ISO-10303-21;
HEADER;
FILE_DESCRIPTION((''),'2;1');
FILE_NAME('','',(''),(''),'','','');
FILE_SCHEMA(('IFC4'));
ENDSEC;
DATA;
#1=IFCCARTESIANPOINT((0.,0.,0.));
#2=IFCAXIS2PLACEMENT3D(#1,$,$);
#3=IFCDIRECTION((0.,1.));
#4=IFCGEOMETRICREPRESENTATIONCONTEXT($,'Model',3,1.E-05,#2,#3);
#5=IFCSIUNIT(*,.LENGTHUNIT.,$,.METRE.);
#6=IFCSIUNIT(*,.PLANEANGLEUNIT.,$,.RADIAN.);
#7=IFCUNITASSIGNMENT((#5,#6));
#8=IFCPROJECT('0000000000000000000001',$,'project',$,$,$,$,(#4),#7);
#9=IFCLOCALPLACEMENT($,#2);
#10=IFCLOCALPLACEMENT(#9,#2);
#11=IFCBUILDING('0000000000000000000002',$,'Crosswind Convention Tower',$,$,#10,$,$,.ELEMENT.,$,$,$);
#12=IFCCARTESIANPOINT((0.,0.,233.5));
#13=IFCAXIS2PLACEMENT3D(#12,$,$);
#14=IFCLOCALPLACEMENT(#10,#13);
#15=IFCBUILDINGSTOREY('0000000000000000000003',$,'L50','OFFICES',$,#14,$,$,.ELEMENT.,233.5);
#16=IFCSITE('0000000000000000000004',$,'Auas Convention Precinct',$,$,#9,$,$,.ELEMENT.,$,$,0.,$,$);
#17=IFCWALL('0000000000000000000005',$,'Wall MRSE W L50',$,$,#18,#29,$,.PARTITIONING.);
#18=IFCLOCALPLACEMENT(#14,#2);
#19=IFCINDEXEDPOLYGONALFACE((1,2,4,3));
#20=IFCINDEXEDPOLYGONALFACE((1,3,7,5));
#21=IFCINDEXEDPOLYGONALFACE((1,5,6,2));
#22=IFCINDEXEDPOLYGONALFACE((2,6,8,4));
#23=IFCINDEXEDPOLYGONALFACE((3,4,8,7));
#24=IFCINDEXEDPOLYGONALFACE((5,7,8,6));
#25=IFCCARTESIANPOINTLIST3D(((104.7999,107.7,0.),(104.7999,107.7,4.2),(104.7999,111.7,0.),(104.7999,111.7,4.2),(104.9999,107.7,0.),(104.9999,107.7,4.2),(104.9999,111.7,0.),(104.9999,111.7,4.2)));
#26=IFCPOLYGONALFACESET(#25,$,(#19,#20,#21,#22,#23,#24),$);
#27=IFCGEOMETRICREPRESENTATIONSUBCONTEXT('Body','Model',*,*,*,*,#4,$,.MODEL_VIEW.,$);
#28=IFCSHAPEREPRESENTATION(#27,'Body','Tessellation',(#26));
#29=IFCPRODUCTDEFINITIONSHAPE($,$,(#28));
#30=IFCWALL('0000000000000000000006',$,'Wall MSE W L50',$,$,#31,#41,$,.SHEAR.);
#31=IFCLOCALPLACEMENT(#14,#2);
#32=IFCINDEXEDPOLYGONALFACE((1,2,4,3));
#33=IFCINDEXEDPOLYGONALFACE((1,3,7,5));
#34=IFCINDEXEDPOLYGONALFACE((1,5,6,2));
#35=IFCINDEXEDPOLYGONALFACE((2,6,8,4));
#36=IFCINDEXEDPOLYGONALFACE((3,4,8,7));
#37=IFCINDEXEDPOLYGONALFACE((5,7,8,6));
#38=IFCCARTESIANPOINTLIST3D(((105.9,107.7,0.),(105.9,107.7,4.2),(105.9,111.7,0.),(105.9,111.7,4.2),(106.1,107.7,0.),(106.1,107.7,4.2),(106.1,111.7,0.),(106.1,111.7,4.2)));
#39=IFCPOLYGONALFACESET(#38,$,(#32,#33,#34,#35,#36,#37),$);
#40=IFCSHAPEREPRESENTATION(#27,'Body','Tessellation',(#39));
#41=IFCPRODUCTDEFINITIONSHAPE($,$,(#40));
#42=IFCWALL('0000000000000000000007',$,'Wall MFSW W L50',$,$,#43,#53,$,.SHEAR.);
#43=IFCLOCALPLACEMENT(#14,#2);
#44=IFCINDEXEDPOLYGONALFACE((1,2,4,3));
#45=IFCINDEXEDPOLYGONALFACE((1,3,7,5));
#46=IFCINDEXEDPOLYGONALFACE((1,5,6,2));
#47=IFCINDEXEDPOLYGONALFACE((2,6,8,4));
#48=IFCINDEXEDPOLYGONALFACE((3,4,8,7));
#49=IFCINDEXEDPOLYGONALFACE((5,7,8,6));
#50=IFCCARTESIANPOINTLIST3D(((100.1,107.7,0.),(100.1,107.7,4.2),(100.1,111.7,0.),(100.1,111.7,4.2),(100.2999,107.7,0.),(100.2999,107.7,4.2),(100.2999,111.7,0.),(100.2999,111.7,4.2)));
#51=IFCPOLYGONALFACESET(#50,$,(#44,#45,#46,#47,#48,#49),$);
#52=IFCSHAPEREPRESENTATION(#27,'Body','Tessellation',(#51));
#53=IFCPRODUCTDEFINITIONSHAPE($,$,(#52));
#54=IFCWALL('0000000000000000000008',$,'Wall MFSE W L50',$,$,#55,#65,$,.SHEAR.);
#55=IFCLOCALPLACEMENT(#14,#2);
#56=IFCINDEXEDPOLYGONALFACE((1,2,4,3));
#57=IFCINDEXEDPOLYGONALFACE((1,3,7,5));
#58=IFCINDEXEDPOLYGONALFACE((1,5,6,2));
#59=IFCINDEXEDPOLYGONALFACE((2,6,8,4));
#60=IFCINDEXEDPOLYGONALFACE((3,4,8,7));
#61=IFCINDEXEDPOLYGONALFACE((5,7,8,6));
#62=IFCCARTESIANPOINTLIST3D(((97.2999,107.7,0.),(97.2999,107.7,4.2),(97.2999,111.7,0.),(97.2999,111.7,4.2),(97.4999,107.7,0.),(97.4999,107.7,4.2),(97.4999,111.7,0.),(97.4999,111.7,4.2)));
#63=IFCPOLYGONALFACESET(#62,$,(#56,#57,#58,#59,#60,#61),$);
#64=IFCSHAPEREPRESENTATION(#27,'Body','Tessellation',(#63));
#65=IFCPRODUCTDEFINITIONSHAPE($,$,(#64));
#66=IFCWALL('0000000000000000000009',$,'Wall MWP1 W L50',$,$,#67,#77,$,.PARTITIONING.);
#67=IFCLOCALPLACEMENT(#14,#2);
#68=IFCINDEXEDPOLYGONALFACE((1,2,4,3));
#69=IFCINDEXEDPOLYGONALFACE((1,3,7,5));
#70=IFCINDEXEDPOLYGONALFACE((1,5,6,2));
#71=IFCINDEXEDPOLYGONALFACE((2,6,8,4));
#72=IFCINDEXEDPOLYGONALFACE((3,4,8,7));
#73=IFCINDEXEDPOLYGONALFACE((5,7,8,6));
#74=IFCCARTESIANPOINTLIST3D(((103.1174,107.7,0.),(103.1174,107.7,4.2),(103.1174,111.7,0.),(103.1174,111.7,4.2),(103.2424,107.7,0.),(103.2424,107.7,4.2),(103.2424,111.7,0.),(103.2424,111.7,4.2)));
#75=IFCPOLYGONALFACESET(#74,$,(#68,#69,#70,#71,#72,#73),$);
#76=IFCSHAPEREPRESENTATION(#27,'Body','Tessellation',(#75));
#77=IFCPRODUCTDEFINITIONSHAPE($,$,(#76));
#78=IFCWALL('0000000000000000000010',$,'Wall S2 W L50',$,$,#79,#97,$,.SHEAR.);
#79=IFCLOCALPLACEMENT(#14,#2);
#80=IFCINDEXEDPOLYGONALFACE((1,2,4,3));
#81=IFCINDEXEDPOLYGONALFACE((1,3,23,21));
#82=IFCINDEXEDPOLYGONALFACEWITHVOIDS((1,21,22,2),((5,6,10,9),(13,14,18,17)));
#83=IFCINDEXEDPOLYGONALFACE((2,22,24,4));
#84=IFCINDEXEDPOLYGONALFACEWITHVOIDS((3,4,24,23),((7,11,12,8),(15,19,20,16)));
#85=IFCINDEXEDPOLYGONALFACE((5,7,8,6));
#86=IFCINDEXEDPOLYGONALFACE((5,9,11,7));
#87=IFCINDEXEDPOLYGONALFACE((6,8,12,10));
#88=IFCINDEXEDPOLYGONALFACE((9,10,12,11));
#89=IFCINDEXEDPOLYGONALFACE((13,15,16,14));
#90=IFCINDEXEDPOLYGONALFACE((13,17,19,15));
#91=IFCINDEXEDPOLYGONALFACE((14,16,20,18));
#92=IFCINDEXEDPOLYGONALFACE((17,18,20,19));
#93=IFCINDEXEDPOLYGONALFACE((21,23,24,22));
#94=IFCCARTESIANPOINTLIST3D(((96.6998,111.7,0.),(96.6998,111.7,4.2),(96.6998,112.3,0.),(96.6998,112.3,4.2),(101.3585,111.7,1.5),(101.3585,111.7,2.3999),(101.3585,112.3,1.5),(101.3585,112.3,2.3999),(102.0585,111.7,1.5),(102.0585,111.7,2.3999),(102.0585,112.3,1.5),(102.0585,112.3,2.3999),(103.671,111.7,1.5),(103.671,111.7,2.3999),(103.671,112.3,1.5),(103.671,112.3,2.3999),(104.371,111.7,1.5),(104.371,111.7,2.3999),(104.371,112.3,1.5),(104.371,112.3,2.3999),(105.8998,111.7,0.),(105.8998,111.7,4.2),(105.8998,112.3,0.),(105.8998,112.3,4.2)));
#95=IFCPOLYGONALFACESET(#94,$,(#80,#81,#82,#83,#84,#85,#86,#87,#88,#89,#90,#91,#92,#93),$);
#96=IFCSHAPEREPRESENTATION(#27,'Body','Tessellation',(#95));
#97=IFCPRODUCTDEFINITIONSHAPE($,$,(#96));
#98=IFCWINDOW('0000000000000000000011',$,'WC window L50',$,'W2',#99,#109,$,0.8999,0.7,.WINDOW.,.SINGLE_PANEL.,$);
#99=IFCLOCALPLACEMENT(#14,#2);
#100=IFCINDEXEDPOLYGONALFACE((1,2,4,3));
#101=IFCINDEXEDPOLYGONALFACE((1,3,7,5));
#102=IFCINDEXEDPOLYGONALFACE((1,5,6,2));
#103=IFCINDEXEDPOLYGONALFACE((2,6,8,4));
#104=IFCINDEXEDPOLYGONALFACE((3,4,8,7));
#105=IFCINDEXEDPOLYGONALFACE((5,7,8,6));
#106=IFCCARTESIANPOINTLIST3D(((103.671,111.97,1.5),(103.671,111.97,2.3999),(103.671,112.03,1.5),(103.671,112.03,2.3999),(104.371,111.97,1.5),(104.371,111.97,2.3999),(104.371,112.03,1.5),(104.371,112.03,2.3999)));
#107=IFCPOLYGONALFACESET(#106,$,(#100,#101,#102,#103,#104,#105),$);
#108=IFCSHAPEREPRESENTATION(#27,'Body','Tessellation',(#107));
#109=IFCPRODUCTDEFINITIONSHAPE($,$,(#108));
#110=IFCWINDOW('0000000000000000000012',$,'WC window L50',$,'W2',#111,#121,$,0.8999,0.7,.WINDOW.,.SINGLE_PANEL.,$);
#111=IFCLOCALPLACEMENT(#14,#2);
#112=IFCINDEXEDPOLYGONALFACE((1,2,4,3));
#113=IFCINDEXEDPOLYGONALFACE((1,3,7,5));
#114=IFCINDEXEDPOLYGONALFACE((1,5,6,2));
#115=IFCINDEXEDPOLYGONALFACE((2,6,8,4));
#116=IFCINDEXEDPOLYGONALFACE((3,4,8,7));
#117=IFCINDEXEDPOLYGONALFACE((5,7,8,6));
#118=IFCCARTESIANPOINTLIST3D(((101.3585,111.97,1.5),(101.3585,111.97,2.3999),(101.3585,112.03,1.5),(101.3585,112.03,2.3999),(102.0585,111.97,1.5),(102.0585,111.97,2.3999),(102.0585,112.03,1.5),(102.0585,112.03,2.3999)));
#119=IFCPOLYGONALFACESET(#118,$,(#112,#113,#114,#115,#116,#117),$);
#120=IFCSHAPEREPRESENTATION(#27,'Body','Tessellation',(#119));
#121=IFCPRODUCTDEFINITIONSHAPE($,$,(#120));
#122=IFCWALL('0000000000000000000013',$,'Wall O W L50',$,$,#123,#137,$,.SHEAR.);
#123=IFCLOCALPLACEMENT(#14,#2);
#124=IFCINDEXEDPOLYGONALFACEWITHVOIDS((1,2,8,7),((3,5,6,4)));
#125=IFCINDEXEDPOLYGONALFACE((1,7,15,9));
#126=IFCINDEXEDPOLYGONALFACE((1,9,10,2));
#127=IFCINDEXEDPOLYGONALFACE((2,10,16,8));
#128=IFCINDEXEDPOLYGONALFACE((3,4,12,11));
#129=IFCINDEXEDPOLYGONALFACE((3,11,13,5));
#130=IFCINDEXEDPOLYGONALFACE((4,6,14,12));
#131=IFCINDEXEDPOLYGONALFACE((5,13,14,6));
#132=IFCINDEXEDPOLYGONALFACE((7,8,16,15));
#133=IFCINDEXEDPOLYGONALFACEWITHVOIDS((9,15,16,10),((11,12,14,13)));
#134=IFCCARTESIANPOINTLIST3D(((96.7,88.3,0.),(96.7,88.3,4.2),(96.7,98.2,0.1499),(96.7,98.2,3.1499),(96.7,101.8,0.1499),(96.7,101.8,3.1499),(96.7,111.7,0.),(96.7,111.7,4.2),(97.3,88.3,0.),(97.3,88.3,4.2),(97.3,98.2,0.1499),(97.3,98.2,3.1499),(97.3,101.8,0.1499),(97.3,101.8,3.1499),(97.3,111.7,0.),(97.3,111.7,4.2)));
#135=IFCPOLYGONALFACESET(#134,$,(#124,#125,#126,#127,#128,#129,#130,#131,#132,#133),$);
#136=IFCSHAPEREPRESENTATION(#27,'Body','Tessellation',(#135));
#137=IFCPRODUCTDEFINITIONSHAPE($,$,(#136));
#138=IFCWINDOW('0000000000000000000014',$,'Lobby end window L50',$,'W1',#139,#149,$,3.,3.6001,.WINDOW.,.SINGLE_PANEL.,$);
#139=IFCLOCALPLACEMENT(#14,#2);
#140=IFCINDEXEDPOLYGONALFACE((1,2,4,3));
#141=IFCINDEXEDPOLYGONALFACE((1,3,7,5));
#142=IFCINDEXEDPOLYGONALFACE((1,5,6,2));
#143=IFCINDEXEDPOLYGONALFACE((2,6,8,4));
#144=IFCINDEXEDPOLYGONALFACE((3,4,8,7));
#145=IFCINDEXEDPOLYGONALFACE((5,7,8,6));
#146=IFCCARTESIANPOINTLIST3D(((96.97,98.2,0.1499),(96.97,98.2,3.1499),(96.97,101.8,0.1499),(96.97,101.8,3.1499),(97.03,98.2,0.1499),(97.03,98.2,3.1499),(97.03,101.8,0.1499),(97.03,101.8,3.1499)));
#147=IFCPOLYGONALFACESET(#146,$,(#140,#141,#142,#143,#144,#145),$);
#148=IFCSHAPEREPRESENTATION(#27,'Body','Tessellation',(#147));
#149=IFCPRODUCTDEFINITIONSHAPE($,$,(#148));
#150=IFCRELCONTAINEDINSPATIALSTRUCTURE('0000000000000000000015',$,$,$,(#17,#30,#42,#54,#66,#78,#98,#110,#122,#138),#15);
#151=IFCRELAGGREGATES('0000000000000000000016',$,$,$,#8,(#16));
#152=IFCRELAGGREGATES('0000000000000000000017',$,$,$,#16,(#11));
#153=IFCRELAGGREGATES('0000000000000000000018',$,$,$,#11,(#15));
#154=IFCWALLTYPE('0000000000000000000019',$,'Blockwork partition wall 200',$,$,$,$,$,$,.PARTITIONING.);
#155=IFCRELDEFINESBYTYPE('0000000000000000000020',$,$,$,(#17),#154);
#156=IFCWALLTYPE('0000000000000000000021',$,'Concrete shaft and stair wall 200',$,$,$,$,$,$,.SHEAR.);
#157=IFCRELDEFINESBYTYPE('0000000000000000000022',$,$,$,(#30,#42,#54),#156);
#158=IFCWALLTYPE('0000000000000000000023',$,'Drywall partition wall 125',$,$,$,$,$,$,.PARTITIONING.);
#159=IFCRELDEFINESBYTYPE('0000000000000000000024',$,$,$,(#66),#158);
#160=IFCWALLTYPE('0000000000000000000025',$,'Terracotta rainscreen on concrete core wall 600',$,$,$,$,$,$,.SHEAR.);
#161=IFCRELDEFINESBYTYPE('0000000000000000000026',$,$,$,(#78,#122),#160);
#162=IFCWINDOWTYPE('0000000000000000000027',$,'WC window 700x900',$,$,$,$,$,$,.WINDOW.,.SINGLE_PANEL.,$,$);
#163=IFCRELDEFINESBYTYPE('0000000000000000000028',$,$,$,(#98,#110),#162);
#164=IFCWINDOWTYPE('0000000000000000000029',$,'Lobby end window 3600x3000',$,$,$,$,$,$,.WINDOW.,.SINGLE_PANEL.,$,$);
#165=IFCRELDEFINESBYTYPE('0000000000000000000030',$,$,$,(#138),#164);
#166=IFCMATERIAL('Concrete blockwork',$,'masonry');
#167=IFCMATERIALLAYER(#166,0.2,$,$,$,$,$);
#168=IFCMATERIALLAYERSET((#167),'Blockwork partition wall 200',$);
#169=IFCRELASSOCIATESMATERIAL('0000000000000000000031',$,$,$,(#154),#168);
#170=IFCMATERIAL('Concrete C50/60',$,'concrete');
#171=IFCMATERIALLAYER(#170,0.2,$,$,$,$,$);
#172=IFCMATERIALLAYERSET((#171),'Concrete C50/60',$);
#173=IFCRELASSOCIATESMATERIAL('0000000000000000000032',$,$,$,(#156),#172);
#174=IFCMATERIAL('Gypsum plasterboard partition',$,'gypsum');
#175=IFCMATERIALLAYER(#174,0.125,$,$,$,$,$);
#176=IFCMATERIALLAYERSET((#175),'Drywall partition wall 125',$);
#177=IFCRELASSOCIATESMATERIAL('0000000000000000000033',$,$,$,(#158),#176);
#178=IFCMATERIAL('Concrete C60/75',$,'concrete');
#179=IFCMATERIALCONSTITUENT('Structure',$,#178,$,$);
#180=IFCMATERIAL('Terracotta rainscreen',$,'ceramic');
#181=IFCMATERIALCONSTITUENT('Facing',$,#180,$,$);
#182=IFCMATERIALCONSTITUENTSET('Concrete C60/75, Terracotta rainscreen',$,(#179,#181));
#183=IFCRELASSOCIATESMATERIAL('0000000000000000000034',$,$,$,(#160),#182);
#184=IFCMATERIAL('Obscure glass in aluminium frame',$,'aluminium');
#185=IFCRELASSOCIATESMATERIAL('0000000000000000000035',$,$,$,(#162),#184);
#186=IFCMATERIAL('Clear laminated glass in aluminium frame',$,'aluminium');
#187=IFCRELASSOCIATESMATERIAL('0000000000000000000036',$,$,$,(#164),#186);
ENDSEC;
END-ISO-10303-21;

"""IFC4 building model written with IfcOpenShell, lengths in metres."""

from ifc_helpers import new_model, si_unit, direction, frame, frame_2d, origin, place, context, subcontext, project, spatial, rectangle, extrude, material, layer, layer_set, constituent, constituent_set, type_object, element, fill, save


model = new_model("IFC4")

# Units and contexts
model_context = context("Model", 3, precision=1e-05, world=origin(), true_north=direction((0.0, 1.0)))
body_context = subcontext(model_context, "Body", "Model", "MODEL_VIEW")
ifc_project = project(units=[si_unit("LENGTHUNIT", "METRE"), si_unit("PLANEANGLEUNIT", "RADIAN")], contexts=[model_context])

# Site, building, storey
site_placement = place(None, origin())
site = spatial("IfcSite", under=ifc_project, at=site_placement, Name="Auas Convention Precinct", CompositionType="ELEMENT", RefElevation=0.0)
building_placement = place(site_placement, origin())
building = spatial("IfcBuilding", under=site, at=building_placement, Name="Crosswind Convention Tower", CompositionType="ELEMENT")
storey_placement = place(building_placement, frame((0.0, 0.0, 233.5)))
storey = spatial("IfcBuildingStorey", under=building, at=storey_placement, Name="L50", Description="OFFICES", CompositionType="ELEMENT", Elevation=233.5)

# Walls
ifc_material_1 = material(Name="Concrete blockwork", Category="masonry")
ifc_layer_1 = layer(ifc_material_1, 0.2)
ifc_layer_set_1 = layer_set([ifc_layer_1], Name="Blockwork partition wall 200")
wall_type_1 = type_object("IfcWallType", Name="Blockwork partition wall 200", PredefinedType="PARTITIONING", material=ifc_layer_set_1)
wall_1_placement = place(storey_placement, frame((104.8999, 111.7, 0.0), z_axis=(0.0, 0.0, 1.0), x_axis=(0.0, -1.0, 0.0)))
element("IfcWall", 1, at=wall_1_placement, inside=storey, type_object=wall_type_1, Name="Wall MRSE W L50", PredefinedType="PARTITIONING", context=body_context, shape_type="SweptSolid", body=[
    extrude(rectangle(XDim=4.0, YDim=0.2, at=frame_2d((2.0, 0.0))), origin(), (0.0, 0.0, 1.0), 4.2),
])
ifc_material_2 = material(Name="Concrete C50/60", Category="concrete")
ifc_layer_2 = layer(ifc_material_2, 0.2)
ifc_layer_set_2 = layer_set([ifc_layer_2], Name="Concrete C50/60")
wall_type_2 = type_object("IfcWallType", Name="Concrete shaft and stair wall 200", PredefinedType="SHEAR", material=ifc_layer_set_2)
for number, where, z_axis, x_axis, name in (
    (2, (106.0, 111.7, 0.0), (0.0, 0.0, 1.0), (0.0, -1.0, 0.0), "Wall MSE W L50"),
    (3, (100.2, 111.7, 0.0), (0.0, 0.0, 1.0), (0.0, -1.0, 0.0), "Wall MFSW W L50"),
    (4, (97.3999, 111.7, 0.0), (0.0, 0.0, 1.0), (0.0, -1.0, 0.0), "Wall MFSE W L50"),
):
    element("IfcWall", number, at=place(storey_placement, frame(where, z_axis=z_axis, x_axis=x_axis)), inside=storey, type_object=wall_type_2, Name=name, PredefinedType="SHEAR", context=body_context, shape_type="SweptSolid", body=[
        extrude(rectangle(XDim=4.0, YDim=0.2, at=frame_2d((2.0, 0.0))), origin(), (0.0, 0.0, 1.0), 4.2),
    ])
ifc_material_3 = material(Name="Gypsum plasterboard partition", Category="gypsum")
ifc_layer_3 = layer(ifc_material_3, 0.125)
ifc_layer_set_3 = layer_set([ifc_layer_3], Name="Drywall partition wall 125")
wall_type_3 = type_object("IfcWallType", Name="Drywall partition wall 125", PredefinedType="PARTITIONING", material=ifc_layer_set_3)
wall_2_placement = place(storey_placement, frame((103.1799, 111.7, 0.0), z_axis=(0.0, 0.0, 1.0), x_axis=(0.0, -1.0, 0.0)))
element("IfcWall", 5, at=wall_2_placement, inside=storey, type_object=wall_type_3, Name="Wall MWP1 W L50", PredefinedType="PARTITIONING", context=body_context, shape_type="SweptSolid", body=[
    extrude(rectangle(XDim=4.0, YDim=0.125, at=frame_2d((2.0, 0.0))), origin(), (0.0, 0.0, 1.0), 4.2),
])

# Wall, openings, windows
ifc_material_4 = material(Name="Concrete C60/75", Category="concrete")
ifc_constituent_1 = constituent(ifc_material_4, Name="Structure")
ifc_material_5 = material(Name="Terracotta rainscreen", Category="ceramic")
ifc_constituent_2 = constituent(ifc_material_5, Name="Facing")
ifc_constituent_set = constituent_set(constituents=[ifc_constituent_1, ifc_constituent_2], Name="Concrete C60/75, Terracotta rainscreen")
wall_type_4 = type_object("IfcWallType", Name="Terracotta rainscreen on concrete core wall 600", PredefinedType="SHEAR", material=ifc_constituent_set)
wall_3_placement = place(storey_placement, frame((105.8999, 112.0, 0.0), z_axis=(0.0, 0.0, 1.0), x_axis=(-1.0, 0.0, 0.0)))
wall_3 = element("IfcWall", 6, at=wall_3_placement, inside=storey, type_object=wall_type_4, Name="Wall S2 W L50", PredefinedType="SHEAR", context=body_context, shape_type="SweptSolid", body=[
    extrude(rectangle(XDim=9.2, YDim=0.6001, at=frame_2d((4.6001, 0.0))), origin(), (0.0, 0.0, 1.0), 4.2),
])
opening_1_placement = place(wall_3_placement, frame((1.5288, 0.0, 1.5)))
opening_1 = element("IfcOpeningElement", 7, at=opening_1_placement, cuts=wall_3, PredefinedType="OPENING", context=body_context, shape_type="SweptSolid", body=[
    extrude(rectangle(XDim=0.7, YDim=0.8999, at=frame_2d((0.3501, 0.45))), frame((0.0, 0.3101, 0.0), z_axis=(0.0, -1.0, 0.0), x_axis=(1.0, 0.0, 0.0)), (0.0, 0.0, 1.0), 0.6201),
])
opening_2_placement = place(wall_3_placement, frame((3.8413, 0.0, 1.5)))
opening_2 = element("IfcOpeningElement", 8, at=opening_2_placement, cuts=wall_3, PredefinedType="OPENING", context=body_context, shape_type="SweptSolid", body=[
    extrude(rectangle(XDim=0.7, YDim=0.8999, at=frame_2d((0.3501, 0.45))), frame((0.0, 0.3101, 0.0), z_axis=(0.0, -1.0, 0.0), x_axis=(1.0, 0.0, 0.0)), (0.0, 0.0, 1.0), 0.6201),
])
ifc_material_6 = material(Name="Obscure glass in aluminium frame", Category="aluminium")
window_type_1 = type_object("IfcWindowType", Name="WC window 700x900", PartitioningType="SINGLE_PANEL", PredefinedType="WINDOW", material=ifc_material_6)
window_1_placement = place(opening_1_placement, origin())
window_1 = element("IfcWindow", 9, at=window_1_placement, inside=storey, type_object=window_type_1, Name="WC window L50", ObjectType="W2", OverallHeight=0.8999, OverallWidth=0.7, PartitioningType="SINGLE_PANEL", PredefinedType="WINDOW", context=body_context, shape_type="SweptSolid", body=[
    extrude(rectangle(XDim=0.7, YDim=0.8999, at=frame_2d((0.3501, 0.45))), frame((0.0, 0.03, 0.0), z_axis=(0.0, -1.0, 0.0), x_axis=(1.0, 0.0, 0.0)), (0.0, 0.0, 1.0), 0.0601),
])
fill(opening_1, window_1)
window_2_placement = place(opening_2_placement, origin())
window_2 = element("IfcWindow", 10, at=window_2_placement, inside=storey, type_object=window_type_1, Name="WC window L50", ObjectType="W2", OverallHeight=0.8999, OverallWidth=0.7, PartitioningType="SINGLE_PANEL", PredefinedType="WINDOW", context=body_context, shape_type="SweptSolid", body=[
    extrude(rectangle(XDim=0.7, YDim=0.8999, at=frame_2d((0.3501, 0.45))), frame((0.0, 0.03, 0.0), z_axis=(0.0, -1.0, 0.0), x_axis=(1.0, 0.0, 0.0)), (0.0, 0.0, 1.0), 0.0601),
])
fill(opening_2, window_2)

# Wall, opening, window
wall_4_placement = place(storey_placement, frame((97.0, 111.7, 0.0), z_axis=(0.0, 0.0, 1.0), x_axis=(0.0, -1.0, 0.0)))
wall_4 = element("IfcWall", 11, at=wall_4_placement, inside=storey, type_object=wall_type_4, Name="Wall O W L50", PredefinedType="SHEAR", context=body_context, shape_type="SweptSolid", body=[
    extrude(rectangle(XDim=23.3999, YDim=0.6001, at=frame_2d((11.7, 0.0))), origin(), (0.0, 0.0, 1.0), 4.2),
])
opening_3_placement = place(wall_4_placement, frame((9.8999, 0.0, 0.1499)))
opening_3 = element("IfcOpeningElement", 12, at=opening_3_placement, cuts=wall_4, PredefinedType="OPENING", context=body_context, shape_type="SweptSolid", body=[
    extrude(rectangle(XDim=3.6001, YDim=3.0, at=frame_2d((1.8, 1.5))), frame((0.0, 0.3101, 0.0), z_axis=(0.0, -1.0, 0.0), x_axis=(1.0, 0.0, 0.0)), (0.0, 0.0, 1.0), 0.6201),
])
ifc_material_7 = material(Name="Clear laminated glass in aluminium frame", Category="aluminium")
window_type_2 = type_object("IfcWindowType", Name="Lobby end window 3600x3000", PartitioningType="SINGLE_PANEL", PredefinedType="WINDOW", material=ifc_material_7)
window_3_placement = place(opening_3_placement, origin())
window_3 = element("IfcWindow", 13, at=window_3_placement, inside=storey, type_object=window_type_2, Name="Lobby end window L50", ObjectType="W1", OverallHeight=3.0, OverallWidth=3.6001, PartitioningType="SINGLE_PANEL", PredefinedType="WINDOW", context=body_context, shape_type="SweptSolid", body=[
    extrude(rectangle(XDim=3.6001, YDim=3.0, at=frame_2d((1.8, 1.5))), frame((0.0, 0.03, 0.0), z_axis=(0.0, -1.0, 0.0), x_axis=(1.0, 0.0, 0.0)), (0.0, 0.0, 1.0), 0.0601),
])
fill(opening_3, window_3)

save(model, "model.ifc")
